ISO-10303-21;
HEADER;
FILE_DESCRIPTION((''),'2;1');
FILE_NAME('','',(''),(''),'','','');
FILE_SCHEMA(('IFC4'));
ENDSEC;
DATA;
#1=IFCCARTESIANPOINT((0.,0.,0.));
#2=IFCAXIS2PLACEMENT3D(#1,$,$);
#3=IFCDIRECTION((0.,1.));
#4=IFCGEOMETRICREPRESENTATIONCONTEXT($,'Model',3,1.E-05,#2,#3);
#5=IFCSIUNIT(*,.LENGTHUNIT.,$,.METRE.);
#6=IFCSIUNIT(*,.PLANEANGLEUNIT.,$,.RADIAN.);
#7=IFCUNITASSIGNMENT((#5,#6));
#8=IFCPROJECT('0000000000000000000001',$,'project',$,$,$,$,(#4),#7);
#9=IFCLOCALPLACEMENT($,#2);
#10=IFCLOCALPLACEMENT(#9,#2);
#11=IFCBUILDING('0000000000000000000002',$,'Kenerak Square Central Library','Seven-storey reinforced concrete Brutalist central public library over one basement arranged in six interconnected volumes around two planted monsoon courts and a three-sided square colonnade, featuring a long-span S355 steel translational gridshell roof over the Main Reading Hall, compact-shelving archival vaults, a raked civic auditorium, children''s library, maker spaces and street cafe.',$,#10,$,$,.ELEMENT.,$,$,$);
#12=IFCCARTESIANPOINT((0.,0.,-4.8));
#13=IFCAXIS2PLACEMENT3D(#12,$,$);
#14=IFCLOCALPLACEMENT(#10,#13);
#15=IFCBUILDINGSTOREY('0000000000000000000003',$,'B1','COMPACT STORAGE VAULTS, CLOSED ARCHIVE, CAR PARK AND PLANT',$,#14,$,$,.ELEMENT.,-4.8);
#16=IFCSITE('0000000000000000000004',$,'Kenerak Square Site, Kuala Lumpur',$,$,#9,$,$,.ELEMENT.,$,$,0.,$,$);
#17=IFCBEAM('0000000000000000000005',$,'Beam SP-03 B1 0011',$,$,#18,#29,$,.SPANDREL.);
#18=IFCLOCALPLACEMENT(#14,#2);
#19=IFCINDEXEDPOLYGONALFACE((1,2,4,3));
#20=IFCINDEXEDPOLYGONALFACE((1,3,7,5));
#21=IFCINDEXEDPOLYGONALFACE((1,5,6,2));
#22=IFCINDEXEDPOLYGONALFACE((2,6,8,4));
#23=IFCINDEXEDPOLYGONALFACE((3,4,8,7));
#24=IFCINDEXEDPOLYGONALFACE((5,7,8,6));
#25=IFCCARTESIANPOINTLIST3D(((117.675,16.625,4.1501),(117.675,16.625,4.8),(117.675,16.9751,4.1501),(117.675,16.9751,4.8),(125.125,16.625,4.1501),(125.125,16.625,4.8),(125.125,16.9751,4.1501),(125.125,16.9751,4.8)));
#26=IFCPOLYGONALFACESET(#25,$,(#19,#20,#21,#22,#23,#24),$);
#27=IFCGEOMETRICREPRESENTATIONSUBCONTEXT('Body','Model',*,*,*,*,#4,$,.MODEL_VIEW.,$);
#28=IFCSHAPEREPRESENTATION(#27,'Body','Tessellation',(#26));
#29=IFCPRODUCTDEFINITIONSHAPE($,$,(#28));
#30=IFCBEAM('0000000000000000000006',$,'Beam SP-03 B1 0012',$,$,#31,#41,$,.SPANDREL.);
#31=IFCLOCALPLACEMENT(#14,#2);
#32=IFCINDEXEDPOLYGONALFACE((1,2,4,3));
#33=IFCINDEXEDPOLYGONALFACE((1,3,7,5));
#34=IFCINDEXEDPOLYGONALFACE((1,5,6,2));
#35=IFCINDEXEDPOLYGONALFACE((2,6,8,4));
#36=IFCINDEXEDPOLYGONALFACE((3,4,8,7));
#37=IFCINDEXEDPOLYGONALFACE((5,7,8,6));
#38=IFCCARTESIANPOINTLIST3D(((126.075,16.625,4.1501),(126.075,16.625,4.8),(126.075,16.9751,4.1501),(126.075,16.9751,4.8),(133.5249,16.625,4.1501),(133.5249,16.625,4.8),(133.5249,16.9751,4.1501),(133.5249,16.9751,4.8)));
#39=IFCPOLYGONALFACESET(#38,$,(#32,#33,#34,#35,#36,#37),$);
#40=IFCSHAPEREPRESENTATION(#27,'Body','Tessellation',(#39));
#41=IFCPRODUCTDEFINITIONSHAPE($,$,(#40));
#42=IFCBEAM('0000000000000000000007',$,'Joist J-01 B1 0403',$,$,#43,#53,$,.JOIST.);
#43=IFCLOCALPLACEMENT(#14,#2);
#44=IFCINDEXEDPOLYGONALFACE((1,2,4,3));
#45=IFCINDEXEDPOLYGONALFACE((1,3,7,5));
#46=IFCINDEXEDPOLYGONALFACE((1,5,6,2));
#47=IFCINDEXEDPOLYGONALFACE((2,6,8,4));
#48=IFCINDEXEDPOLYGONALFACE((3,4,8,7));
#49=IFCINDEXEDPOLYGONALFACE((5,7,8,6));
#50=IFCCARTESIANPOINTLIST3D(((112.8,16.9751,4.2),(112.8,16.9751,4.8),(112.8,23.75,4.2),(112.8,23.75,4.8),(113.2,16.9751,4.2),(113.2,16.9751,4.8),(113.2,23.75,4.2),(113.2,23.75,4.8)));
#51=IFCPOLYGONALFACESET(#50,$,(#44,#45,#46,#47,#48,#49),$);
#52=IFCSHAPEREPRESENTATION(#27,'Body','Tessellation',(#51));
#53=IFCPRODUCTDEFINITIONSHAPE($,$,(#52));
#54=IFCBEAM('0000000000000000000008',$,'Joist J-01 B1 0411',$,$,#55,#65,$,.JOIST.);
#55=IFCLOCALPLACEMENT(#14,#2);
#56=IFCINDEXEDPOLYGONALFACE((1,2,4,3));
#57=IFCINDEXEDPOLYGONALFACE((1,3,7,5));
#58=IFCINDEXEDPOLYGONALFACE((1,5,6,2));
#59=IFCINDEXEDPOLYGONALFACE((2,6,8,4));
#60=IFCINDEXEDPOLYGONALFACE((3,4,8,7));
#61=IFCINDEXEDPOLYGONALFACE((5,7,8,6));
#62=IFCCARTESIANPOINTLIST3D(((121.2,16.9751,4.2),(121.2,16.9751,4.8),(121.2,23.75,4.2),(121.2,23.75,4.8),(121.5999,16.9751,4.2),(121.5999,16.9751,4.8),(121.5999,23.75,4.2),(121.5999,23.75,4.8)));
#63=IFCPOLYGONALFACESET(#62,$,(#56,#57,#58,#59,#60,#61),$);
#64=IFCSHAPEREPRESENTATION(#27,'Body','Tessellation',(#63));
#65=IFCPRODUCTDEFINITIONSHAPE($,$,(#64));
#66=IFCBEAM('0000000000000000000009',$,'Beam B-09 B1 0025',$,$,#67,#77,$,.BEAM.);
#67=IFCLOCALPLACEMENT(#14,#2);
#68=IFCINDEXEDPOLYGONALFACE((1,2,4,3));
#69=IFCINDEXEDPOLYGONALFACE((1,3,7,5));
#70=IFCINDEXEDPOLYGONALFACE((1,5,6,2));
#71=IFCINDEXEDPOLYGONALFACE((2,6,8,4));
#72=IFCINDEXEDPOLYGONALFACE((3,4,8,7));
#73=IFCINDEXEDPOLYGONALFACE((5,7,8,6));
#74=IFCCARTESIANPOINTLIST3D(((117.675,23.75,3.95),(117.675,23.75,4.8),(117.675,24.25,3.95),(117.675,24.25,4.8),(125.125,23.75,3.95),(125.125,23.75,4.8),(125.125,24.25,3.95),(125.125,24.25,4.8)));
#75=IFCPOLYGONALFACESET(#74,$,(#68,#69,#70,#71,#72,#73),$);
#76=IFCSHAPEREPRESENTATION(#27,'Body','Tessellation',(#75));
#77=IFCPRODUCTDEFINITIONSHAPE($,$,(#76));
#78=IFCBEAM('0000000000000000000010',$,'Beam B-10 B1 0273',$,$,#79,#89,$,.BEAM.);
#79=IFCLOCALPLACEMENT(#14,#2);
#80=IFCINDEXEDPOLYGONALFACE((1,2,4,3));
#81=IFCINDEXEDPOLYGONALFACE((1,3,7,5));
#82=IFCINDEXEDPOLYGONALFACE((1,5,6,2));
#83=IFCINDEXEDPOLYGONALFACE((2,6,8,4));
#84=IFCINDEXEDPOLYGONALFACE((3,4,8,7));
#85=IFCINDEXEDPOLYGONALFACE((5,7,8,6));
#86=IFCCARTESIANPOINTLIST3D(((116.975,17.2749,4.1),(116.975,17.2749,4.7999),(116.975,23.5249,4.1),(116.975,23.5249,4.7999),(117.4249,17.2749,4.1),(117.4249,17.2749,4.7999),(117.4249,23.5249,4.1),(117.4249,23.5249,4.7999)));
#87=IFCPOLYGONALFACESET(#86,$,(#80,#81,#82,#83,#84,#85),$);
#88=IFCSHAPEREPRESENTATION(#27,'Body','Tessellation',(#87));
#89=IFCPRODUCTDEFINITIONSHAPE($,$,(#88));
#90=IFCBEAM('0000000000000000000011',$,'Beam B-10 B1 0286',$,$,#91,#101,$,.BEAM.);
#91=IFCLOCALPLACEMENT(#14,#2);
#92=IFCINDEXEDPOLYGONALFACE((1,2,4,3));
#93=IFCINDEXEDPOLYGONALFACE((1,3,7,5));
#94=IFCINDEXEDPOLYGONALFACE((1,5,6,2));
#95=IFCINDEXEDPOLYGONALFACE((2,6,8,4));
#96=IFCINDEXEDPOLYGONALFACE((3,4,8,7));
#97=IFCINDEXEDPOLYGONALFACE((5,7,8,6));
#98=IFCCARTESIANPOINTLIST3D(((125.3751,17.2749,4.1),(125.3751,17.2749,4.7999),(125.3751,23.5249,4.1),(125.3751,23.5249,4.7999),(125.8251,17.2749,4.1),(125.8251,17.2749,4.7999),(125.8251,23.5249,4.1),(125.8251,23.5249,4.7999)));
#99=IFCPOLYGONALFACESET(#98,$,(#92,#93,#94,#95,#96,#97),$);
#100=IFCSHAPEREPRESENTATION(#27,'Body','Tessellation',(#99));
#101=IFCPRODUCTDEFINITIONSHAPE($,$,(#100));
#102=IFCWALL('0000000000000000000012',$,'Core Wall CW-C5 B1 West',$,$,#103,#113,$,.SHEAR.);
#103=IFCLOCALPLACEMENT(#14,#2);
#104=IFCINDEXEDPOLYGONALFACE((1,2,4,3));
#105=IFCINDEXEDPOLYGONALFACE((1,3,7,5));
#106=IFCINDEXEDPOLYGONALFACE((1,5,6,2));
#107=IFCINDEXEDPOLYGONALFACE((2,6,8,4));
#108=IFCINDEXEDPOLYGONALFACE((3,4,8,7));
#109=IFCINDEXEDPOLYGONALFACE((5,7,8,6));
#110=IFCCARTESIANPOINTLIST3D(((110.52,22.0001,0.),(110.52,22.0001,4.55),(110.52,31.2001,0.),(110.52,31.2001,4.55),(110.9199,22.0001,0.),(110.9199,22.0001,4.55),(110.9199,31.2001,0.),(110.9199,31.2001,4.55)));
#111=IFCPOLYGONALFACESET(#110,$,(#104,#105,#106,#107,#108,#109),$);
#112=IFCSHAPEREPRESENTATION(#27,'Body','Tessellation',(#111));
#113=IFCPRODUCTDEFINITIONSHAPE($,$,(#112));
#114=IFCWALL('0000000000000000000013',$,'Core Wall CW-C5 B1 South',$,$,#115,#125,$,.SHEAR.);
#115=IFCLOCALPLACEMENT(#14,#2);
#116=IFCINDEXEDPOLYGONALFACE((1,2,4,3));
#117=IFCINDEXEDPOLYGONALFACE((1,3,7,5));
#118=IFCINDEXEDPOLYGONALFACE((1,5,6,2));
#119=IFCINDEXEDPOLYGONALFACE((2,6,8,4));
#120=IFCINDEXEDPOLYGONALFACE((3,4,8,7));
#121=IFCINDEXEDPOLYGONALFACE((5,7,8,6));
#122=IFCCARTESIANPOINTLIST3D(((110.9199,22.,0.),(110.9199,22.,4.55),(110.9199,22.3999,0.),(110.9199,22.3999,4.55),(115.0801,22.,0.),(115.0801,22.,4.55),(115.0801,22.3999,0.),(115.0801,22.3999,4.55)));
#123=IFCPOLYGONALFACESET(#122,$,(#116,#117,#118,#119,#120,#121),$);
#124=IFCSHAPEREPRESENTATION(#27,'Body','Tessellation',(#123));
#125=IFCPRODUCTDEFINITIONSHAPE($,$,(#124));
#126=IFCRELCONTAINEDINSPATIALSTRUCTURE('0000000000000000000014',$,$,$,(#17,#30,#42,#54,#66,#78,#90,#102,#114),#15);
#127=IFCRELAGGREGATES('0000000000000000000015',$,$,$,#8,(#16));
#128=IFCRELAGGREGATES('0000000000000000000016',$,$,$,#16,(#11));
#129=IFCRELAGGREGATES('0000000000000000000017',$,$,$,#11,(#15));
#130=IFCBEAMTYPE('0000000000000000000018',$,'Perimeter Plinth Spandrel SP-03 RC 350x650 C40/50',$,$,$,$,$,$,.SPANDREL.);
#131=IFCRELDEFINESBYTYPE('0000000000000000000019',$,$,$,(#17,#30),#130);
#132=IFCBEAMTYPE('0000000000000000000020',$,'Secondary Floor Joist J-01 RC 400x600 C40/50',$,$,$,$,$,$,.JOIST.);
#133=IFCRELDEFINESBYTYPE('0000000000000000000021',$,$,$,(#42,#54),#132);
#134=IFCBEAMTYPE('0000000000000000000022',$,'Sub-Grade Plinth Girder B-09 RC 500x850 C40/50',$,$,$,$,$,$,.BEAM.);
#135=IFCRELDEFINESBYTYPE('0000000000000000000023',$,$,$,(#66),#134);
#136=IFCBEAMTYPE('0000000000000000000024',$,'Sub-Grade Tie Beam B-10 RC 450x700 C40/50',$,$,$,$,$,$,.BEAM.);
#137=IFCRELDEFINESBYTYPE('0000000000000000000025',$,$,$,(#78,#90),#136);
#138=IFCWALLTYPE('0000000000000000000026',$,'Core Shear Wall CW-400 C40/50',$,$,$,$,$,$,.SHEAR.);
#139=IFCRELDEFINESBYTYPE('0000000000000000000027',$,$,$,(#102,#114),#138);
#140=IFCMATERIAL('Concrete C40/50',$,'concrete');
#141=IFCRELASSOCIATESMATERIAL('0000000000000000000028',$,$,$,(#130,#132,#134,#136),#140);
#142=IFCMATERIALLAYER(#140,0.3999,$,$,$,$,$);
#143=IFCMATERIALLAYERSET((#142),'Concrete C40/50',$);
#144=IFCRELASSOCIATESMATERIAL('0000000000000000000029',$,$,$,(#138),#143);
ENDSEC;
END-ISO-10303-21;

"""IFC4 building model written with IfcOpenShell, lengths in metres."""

from ifc_helpers import new_model, si_unit, direction, frame, frame_2d, origin, origin_2d, place, context, subcontext, project, spatial, rectangle, extrude, material, layer, layer_set, material_profile, profile_set, type_object, element, save


model = new_model("IFC4")

# Units and contexts
model_context = context("Model", 3, precision=1e-05, world=origin(), true_north=direction((0.0, 1.0)))
body_context = subcontext(model_context, "Body", "Model", "MODEL_VIEW")
ifc_project = project(units=[si_unit("LENGTHUNIT", "METRE"), si_unit("PLANEANGLEUNIT", "RADIAN")], contexts=[model_context])

# Site, building, storey
site_placement = place(None, origin())
site = spatial("IfcSite", under=ifc_project, at=site_placement, Name="Kenerak Square Site, Kuala Lumpur", CompositionType="ELEMENT", RefElevation=0.0)
building_placement = place(site_placement, origin())
building = spatial("IfcBuilding", under=site, at=building_placement, Name="Kenerak Square Central Library", Description="Seven-storey reinforced concrete Brutalist central public library over one basement arranged in six interconnected volumes around two planted monsoon courts and a three-sided square colonnade, featuring a long-span S355 steel translational gridshell roof over the Main Reading Hall, compact-shelving archival vaults, a raked civic auditorium, children's library, maker spaces and street cafe.", CompositionType="ELEMENT")
storey_placement = place(building_placement, frame((0.0, 0.0, -4.8)))
storey = spatial("IfcBuildingStorey", under=building, at=storey_placement, Name="B1", Description="COMPACT STORAGE VAULTS, CLOSED ARCHIVE, CAR PARK AND PLANT", CompositionType="ELEMENT", Elevation=-4.8)

# Shared definitions
ifc_material_1 = material(Name="Concrete C40/50", Category="concrete")

# Beams
ifc_material_profile_1 = material_profile(ifc_material_1, rectangle(XDim=0.3501, YDim=0.6499, at=origin_2d()), Name="RC 350x650")
ifc_profile_set_1 = profile_set([ifc_material_profile_1], Name="Concrete C40/50")
beam_type_1 = type_object("IfcBeamType", Name="Perimeter Plinth Spandrel SP-03 RC 350x650 C40/50", PredefinedType="SPANDREL", material=ifc_profile_set_1)
for number, where, z_axis, x_axis, name in (
    (1, (117.675, 16.8, 4.4751), (1.0, 0.0, 0.0), (0.0, 1.0, 0.0), "Beam SP-03 B1 0011"),
    (2, (126.075, 16.8, 4.4751), (1.0, 0.0, 0.0), (0.0, 1.0, 0.0), "Beam SP-03 B1 0012"),
):
    element("IfcBeam", number, at=place(storey_placement, frame(where, z_axis=z_axis, x_axis=x_axis)), inside=storey, type_object=beam_type_1, Name=name, PredefinedType="SPANDREL", context=body_context, shape_type="SweptSolid", body=[
        extrude(rectangle(XDim=0.3501, YDim=0.6499, at=origin_2d()), origin(), (0.0, 0.0, 1.0), 7.45),
    ])
ifc_material_profile_2 = material_profile(ifc_material_1, rectangle(XDim=0.3999, YDim=0.6001, at=origin_2d()), Name="RC 400x600")
ifc_profile_set_2 = profile_set([ifc_material_profile_2], Name="Concrete C40/50")
beam_type_2 = type_object("IfcBeamType", Name="Secondary Floor Joist J-01 RC 400x600 C40/50", PredefinedType="JOIST", material=ifc_profile_set_2)
for number, where, z_axis, x_axis, name in (
    (3, (113.0, 16.9751, 4.5), (0.0, 1.0, 0.0), (-1.0, 0.0, 0.0), "Joist J-01 B1 0403"),
    (4, (121.3999, 16.9751, 4.5), (0.0, 1.0, 0.0), (-1.0, 0.0, 0.0), "Joist J-01 B1 0411"),
):
    element("IfcBeam", number, at=place(storey_placement, frame(where, z_axis=z_axis, x_axis=x_axis)), inside=storey, type_object=beam_type_2, Name=name, PredefinedType="JOIST", context=body_context, shape_type="SweptSolid", body=[
        extrude(rectangle(XDim=0.3999, YDim=0.6001, at=origin_2d()), origin(), (0.0, 0.0, 1.0), 6.7749),
    ])
ifc_material_profile_3 = material_profile(ifc_material_1, rectangle(XDim=0.5, YDim=0.8501, at=origin_2d()), Name="RC 500x850")
ifc_profile_set_3 = profile_set([ifc_material_profile_3], Name="Concrete C40/50")
beam_type_3 = type_object("IfcBeamType", Name="Sub-Grade Plinth Girder B-09 RC 500x850 C40/50", PredefinedType="BEAM", material=ifc_profile_set_3)
beam_placement = place(storey_placement, frame((117.675, 24.0, 4.375), z_axis=(1.0, 0.0, 0.0), x_axis=(0.0, 1.0, 0.0)))
element("IfcBeam", 5, at=beam_placement, inside=storey, type_object=beam_type_3, Name="Beam B-09 B1 0025", PredefinedType="BEAM", context=body_context, shape_type="SweptSolid", body=[
    extrude(rectangle(XDim=0.5, YDim=0.8501, at=origin_2d()), origin(), (0.0, 0.0, 1.0), 7.45),
])
ifc_material_profile_4 = material_profile(ifc_material_1, rectangle(XDim=0.45, YDim=0.7, at=origin_2d()), Name="RC 450x700")
ifc_profile_set_4 = profile_set([ifc_material_profile_4], Name="Concrete C40/50")
beam_type_4 = type_object("IfcBeamType", Name="Sub-Grade Tie Beam B-10 RC 450x700 C40/50", PredefinedType="BEAM", material=ifc_profile_set_4)
for number, where, z_axis, x_axis, name in (
    (6, (117.2, 17.2749, 4.45), (0.0, 1.0, 0.0), (-1.0, 0.0, 0.0), "Beam B-10 B1 0273"),
    (7, (125.6001, 17.2749, 4.45), (0.0, 1.0, 0.0), (-1.0, 0.0, 0.0), "Beam B-10 B1 0286"),
):
    element("IfcBeam", number, at=place(storey_placement, frame(where, z_axis=z_axis, x_axis=x_axis)), inside=storey, type_object=beam_type_4, Name=name, PredefinedType="BEAM", context=body_context, shape_type="SweptSolid", body=[
        extrude(rectangle(XDim=0.45, YDim=0.7, at=origin_2d()), origin(), (0.0, 0.0, 1.0), 6.25),
    ])

# Walls
ifc_layer = layer(ifc_material_1, 0.3999)
ifc_layer_set = layer_set([ifc_layer], Name="Concrete C40/50")
wall_type = type_object("IfcWallType", Name="Core Shear Wall CW-400 C40/50", PredefinedType="SHEAR", material=ifc_layer_set)
wall_1_placement = place(storey_placement, frame((110.72, 22.0, 0.0), z_axis=(0.0, 0.0, 1.0), x_axis=(0.0, 1.0, 0.0)))
element("IfcWall", 8, at=wall_1_placement, inside=storey, type_object=wall_type, Name="Core Wall CW-C5 B1 West", PredefinedType="SHEAR", context=body_context, shape_type="SweptSolid", body=[
    extrude(rectangle(XDim=9.2, YDim=0.3999, at=frame_2d((4.6001, 0.0))), origin(), (0.0, 0.0, 1.0), 4.55),
])
wall_2_placement = place(storey_placement, frame((115.0801, 22.2, 0.0), z_axis=(0.0, 0.0, 1.0), x_axis=(-1.0, 0.0, 0.0)))
element("IfcWall", 9, at=wall_2_placement, inside=storey, type_object=wall_type, Name="Core Wall CW-C5 B1 South", PredefinedType="SHEAR", context=body_context, shape_type="SweptSolid", body=[
    extrude(rectangle(XDim=4.1602, YDim=0.3999, at=frame_2d((2.0801, 0.0))), origin(), (0.0, 0.0, 1.0), 4.55),
])

save(model, "model.ifc")
